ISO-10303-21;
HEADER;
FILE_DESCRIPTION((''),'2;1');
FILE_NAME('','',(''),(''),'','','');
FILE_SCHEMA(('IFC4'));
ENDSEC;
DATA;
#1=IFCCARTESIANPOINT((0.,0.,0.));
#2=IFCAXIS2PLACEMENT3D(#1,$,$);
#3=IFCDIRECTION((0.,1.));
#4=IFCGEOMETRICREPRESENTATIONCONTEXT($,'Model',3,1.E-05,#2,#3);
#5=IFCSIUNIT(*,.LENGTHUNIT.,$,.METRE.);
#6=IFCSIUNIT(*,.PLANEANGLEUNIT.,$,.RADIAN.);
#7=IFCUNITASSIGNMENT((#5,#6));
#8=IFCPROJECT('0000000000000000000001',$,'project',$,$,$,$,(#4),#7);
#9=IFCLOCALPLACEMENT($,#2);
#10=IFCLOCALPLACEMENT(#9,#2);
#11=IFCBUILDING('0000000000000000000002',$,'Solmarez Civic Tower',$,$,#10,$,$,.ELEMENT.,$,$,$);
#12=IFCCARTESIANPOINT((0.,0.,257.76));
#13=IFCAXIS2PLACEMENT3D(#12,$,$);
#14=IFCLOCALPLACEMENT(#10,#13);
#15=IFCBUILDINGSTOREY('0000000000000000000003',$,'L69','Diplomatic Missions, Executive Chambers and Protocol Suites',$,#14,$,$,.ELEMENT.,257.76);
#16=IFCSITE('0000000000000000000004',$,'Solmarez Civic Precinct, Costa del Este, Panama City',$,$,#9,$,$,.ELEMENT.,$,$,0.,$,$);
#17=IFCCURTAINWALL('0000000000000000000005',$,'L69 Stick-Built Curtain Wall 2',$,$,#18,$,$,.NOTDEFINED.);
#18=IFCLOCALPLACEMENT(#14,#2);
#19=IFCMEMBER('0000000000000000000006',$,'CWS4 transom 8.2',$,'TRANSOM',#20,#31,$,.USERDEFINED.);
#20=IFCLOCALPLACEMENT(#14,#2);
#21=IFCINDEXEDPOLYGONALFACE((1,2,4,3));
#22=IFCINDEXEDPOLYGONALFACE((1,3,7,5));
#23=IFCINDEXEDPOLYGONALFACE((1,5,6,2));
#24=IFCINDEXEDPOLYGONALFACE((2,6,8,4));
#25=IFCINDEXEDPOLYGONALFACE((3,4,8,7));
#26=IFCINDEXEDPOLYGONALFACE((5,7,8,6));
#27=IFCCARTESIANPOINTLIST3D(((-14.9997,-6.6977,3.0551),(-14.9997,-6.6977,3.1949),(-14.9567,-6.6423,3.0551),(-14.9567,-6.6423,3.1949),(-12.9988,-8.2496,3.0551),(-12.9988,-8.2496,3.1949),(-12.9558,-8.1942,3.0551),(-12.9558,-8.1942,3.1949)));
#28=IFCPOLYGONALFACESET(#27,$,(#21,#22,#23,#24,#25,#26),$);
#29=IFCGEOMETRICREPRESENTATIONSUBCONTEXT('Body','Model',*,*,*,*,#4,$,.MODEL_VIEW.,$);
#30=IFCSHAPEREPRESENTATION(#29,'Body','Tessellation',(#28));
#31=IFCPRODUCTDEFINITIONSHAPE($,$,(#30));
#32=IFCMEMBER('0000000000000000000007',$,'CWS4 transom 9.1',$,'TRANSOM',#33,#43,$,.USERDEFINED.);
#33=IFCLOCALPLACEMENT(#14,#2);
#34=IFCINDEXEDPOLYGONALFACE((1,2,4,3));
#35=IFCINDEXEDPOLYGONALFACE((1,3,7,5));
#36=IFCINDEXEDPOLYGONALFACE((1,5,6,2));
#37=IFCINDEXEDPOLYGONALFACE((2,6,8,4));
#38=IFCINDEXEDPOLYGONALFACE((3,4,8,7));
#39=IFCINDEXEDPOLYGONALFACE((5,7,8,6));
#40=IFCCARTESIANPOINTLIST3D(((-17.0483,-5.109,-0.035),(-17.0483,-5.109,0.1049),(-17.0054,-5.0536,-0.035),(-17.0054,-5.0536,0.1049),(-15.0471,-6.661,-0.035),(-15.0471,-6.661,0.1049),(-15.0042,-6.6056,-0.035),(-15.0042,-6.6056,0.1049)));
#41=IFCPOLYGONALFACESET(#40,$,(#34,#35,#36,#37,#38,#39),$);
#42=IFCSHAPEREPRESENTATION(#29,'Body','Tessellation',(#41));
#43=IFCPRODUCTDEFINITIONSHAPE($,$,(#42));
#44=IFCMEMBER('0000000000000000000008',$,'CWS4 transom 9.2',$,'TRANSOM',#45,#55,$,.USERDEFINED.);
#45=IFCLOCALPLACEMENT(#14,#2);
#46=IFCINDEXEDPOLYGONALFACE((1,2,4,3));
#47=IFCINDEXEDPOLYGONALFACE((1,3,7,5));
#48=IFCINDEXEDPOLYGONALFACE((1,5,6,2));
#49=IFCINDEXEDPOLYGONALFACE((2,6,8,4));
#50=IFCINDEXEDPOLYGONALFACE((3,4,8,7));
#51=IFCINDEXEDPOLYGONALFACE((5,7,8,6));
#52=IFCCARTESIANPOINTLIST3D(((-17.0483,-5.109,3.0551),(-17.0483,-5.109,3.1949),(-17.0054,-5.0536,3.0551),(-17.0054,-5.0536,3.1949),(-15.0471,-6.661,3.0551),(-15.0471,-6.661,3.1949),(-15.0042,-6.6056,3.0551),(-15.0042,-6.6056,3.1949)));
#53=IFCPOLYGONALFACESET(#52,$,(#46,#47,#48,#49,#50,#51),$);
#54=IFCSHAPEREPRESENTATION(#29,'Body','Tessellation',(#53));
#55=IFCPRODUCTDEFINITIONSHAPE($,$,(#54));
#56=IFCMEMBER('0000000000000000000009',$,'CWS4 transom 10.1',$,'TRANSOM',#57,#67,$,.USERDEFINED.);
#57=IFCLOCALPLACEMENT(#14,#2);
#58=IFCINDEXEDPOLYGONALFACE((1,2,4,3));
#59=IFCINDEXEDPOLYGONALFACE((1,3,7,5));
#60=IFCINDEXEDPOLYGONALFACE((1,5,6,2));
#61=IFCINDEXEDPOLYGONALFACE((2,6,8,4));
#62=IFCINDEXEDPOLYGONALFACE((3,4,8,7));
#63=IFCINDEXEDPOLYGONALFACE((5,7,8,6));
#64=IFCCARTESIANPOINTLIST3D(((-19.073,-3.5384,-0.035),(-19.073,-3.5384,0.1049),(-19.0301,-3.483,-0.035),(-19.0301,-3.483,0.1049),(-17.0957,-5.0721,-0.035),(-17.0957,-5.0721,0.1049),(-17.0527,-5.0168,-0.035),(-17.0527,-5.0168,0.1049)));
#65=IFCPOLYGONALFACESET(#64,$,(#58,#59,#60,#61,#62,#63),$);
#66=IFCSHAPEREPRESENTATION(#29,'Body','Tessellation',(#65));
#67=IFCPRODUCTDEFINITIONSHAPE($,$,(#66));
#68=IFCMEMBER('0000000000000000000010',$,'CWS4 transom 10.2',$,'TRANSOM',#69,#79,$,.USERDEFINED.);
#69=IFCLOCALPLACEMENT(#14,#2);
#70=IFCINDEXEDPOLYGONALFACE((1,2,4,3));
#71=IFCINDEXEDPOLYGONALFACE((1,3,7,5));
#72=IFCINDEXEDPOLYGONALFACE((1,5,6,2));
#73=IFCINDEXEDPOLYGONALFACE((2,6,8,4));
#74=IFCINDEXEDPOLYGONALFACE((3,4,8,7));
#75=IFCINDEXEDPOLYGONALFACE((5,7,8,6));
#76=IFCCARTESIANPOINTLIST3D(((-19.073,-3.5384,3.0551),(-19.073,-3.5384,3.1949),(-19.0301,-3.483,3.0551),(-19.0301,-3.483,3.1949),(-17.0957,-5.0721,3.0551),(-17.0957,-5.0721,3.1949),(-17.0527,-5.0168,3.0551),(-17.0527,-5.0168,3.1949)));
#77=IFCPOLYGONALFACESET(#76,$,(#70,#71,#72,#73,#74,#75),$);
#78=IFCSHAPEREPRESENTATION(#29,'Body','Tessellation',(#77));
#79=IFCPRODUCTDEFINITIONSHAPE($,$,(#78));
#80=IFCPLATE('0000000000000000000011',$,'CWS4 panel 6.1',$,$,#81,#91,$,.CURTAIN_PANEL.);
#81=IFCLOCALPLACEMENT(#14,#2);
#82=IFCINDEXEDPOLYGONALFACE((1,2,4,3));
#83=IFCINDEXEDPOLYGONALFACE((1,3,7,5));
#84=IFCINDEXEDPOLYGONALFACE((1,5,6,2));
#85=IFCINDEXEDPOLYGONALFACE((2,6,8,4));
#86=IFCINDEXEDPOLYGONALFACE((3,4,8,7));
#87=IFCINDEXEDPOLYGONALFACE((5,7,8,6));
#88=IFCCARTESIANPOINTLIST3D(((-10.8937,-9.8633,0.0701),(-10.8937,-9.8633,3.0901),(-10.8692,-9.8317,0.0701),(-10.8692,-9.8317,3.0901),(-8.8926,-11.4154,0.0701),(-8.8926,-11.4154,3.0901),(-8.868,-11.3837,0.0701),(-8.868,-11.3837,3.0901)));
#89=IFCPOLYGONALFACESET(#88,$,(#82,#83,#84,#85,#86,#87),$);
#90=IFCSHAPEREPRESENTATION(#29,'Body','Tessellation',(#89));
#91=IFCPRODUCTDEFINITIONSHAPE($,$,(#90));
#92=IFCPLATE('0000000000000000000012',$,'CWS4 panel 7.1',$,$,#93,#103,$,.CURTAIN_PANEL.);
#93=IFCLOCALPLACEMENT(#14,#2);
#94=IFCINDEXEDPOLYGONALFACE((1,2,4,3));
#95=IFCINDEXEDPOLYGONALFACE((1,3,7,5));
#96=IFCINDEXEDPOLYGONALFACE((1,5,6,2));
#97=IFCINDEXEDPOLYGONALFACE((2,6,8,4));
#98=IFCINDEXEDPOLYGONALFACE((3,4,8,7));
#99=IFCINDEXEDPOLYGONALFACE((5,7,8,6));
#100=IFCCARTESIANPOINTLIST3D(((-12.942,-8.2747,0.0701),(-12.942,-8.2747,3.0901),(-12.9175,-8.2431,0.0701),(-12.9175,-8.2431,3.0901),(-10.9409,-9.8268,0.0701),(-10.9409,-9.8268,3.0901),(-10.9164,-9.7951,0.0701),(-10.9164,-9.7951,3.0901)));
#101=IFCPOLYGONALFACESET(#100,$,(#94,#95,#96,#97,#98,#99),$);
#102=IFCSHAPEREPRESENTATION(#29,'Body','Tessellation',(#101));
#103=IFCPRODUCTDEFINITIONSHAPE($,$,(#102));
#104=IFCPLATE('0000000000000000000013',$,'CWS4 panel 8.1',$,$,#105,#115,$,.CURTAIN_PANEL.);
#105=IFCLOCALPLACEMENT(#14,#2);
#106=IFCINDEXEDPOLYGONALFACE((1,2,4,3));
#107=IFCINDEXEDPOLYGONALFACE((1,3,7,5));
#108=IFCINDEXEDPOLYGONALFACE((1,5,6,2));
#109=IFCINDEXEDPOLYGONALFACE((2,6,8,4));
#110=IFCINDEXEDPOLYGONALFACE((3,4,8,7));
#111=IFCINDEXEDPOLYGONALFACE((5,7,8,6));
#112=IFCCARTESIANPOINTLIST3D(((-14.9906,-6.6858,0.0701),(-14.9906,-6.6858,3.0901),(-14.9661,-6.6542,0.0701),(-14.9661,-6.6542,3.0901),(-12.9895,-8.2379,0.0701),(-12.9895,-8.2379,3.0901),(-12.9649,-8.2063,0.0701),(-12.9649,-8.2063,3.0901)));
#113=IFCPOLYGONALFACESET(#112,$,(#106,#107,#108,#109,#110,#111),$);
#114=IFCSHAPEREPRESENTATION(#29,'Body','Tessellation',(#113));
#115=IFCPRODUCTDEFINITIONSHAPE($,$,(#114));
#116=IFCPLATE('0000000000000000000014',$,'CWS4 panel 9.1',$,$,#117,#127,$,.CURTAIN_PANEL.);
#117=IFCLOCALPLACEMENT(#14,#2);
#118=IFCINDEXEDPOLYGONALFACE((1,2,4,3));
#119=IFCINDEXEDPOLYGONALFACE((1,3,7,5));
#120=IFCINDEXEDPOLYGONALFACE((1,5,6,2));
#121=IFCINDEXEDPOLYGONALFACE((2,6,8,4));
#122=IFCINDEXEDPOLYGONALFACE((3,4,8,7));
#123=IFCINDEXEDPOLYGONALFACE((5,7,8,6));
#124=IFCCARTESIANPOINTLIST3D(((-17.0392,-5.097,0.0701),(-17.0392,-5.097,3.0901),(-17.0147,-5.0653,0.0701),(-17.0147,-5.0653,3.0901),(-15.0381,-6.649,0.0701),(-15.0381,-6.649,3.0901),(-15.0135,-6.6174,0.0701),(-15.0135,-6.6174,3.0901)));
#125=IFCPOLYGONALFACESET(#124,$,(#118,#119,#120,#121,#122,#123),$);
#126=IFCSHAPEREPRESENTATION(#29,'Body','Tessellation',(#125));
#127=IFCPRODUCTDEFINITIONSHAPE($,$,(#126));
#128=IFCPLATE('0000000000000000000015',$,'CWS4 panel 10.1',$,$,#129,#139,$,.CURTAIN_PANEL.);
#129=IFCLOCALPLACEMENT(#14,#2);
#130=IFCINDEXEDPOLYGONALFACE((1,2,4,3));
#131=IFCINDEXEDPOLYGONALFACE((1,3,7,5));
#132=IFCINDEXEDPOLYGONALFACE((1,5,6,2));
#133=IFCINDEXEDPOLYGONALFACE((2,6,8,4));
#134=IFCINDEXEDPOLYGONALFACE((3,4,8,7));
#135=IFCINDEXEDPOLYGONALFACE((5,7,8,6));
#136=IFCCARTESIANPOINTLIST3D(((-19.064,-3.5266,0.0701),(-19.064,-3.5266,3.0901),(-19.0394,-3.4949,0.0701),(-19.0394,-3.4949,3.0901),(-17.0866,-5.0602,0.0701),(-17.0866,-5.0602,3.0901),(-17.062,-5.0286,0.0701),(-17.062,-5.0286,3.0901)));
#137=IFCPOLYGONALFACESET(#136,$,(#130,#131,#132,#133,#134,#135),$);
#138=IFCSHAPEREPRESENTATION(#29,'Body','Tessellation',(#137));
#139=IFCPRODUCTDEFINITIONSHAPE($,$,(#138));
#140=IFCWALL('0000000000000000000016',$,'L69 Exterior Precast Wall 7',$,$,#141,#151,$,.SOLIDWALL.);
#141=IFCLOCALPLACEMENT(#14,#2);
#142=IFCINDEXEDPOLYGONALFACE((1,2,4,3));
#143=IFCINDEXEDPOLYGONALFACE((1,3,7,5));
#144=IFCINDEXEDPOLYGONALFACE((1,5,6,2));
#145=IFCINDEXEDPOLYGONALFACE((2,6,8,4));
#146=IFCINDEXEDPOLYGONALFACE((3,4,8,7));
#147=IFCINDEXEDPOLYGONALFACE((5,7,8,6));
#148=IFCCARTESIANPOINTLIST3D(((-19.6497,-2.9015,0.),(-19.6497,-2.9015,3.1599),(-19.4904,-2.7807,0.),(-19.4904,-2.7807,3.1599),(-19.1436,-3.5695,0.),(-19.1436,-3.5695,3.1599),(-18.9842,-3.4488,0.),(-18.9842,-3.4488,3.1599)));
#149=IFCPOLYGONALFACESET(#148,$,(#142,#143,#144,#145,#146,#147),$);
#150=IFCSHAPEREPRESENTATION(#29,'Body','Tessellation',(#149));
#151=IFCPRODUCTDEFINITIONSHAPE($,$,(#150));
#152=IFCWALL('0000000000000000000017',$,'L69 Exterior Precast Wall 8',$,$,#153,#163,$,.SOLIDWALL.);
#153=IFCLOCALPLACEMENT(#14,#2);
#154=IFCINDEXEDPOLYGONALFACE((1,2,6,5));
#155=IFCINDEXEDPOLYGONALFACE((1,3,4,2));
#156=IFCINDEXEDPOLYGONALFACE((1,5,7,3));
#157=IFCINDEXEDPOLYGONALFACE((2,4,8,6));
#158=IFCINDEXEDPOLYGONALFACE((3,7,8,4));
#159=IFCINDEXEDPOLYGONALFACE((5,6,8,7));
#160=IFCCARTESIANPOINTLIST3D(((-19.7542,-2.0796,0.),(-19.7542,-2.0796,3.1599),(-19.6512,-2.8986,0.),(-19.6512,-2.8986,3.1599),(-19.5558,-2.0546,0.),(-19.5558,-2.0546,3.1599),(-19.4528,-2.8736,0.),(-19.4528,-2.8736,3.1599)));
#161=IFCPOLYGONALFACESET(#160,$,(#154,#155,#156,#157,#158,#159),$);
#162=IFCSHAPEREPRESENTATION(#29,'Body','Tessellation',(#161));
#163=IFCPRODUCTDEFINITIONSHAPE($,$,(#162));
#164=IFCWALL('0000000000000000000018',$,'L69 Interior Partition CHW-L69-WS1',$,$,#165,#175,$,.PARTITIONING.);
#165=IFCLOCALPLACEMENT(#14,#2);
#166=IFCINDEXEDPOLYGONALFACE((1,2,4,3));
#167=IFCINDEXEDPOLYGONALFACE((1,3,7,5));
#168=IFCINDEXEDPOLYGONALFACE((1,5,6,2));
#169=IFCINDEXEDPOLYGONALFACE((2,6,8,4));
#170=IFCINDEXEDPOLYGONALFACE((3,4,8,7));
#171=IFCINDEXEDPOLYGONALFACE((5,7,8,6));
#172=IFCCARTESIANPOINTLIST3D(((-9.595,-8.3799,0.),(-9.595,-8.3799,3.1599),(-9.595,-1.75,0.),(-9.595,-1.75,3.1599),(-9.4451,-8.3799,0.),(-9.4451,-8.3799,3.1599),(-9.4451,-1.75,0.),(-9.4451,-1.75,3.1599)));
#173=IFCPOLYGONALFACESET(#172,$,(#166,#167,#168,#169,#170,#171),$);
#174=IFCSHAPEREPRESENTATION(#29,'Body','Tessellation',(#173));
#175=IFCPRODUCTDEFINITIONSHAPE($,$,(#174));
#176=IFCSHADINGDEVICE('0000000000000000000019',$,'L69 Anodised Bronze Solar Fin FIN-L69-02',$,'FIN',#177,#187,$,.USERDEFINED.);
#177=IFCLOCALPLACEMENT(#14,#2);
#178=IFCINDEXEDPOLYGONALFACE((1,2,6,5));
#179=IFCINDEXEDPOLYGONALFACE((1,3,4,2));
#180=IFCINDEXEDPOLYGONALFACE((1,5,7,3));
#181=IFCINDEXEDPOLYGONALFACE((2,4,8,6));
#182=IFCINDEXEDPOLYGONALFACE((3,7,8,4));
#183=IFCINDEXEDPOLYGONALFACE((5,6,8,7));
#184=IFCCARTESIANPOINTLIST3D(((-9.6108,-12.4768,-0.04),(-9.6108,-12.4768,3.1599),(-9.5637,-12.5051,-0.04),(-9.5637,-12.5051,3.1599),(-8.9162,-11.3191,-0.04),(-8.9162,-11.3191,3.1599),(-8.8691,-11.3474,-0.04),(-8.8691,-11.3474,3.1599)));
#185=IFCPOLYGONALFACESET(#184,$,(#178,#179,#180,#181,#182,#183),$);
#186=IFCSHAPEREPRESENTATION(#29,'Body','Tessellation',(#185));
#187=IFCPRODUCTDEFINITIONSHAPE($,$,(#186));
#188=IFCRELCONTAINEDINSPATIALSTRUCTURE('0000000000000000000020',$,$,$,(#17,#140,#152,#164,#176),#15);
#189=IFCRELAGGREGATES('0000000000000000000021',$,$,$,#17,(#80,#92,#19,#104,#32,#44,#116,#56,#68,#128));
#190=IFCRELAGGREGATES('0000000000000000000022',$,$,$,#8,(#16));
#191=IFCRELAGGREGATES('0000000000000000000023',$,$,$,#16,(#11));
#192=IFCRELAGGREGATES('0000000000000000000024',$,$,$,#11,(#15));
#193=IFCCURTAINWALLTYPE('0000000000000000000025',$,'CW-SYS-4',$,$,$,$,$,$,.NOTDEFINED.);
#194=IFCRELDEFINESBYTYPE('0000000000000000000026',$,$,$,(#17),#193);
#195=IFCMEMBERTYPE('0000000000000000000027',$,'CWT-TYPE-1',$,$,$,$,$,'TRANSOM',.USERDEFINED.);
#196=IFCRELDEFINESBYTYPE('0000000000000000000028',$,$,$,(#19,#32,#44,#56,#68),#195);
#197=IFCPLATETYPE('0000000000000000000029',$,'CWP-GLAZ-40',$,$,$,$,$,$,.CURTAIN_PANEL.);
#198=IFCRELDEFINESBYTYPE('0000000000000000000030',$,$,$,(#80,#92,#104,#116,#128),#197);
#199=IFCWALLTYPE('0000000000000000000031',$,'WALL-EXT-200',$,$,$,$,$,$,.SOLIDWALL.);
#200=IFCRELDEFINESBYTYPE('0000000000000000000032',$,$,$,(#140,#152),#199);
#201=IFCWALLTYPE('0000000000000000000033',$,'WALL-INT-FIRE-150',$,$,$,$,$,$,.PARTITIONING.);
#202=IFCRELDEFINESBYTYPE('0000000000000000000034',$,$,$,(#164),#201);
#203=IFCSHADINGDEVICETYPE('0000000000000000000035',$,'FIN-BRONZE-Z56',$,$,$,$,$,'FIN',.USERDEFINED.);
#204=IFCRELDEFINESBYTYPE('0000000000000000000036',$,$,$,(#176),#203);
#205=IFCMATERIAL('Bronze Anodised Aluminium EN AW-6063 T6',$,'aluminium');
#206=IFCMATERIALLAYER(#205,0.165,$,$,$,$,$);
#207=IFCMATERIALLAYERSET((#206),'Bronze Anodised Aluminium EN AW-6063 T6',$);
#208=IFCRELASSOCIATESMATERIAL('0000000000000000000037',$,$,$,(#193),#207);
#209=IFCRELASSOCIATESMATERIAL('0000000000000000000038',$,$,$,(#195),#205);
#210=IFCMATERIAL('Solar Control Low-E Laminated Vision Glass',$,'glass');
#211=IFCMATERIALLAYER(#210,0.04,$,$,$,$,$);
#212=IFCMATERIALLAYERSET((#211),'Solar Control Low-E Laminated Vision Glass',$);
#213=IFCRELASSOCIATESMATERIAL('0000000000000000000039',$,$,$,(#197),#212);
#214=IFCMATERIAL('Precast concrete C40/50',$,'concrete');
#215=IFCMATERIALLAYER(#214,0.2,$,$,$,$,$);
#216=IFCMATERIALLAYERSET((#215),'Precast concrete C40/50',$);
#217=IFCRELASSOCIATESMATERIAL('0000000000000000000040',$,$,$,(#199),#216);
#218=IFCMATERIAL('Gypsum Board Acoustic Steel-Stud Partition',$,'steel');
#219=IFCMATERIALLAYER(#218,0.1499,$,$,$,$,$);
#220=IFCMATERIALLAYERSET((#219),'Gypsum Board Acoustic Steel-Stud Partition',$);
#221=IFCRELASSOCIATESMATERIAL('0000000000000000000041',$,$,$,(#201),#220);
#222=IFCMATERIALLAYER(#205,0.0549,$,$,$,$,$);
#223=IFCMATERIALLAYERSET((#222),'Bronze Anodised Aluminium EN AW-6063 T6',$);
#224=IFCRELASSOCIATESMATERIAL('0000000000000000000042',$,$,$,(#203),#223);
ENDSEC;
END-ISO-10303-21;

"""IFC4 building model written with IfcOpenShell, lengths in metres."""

from ifc_helpers import new_model, si_unit, direction, frame, frame_2d, origin, origin_2d, place, context, subcontext, project, spatial, rectangle, extrude, material, layer, layer_set, material_profile, profile_set, type_object, element, aggregate, save


model = new_model("IFC4")

# Units and contexts
model_context = context("Model", 3, precision=1e-05, world=origin(), true_north=direction((0.0, 1.0)))
body_context = subcontext(model_context, "Body", "Model", "MODEL_VIEW")
ifc_project = project(units=[si_unit("LENGTHUNIT", "METRE"), si_unit("PLANEANGLEUNIT", "RADIAN")], contexts=[model_context])

# Site, building, storey
site_placement = place(None, origin())
site = spatial("IfcSite", under=ifc_project, at=site_placement, Name="Solmarez Civic Precinct, Costa del Este, Panama City", CompositionType="ELEMENT", RefElevation=0.0)
building_placement = place(site_placement, origin())
building = spatial("IfcBuilding", under=site, at=building_placement, Name="Solmarez Civic Tower", CompositionType="ELEMENT")
storey_placement = place(building_placement, frame((0.0, 0.0, 257.76)))
storey = spatial("IfcBuildingStorey", under=building, at=storey_placement, Name="L69", Description="Diplomatic Missions, Executive Chambers and Protocol Suites", CompositionType="ELEMENT", Elevation=257.76)

# Curtain wall, members, plates
ifc_material_1 = material(Name="Bronze Anodised Aluminium EN AW-6063 T6", Category="aluminium")
ifc_layer_1 = layer(ifc_material_1, 0.165)
ifc_layer_set_1 = layer_set([ifc_layer_1], Name="Bronze Anodised Aluminium EN AW-6063 T6")
curtain_wall_type = type_object("IfcCurtainWallType", Name="CW-SYS-4", PredefinedType="NOTDEFINED", material=ifc_layer_set_1)
curtain_wall_placement = place(storey_placement, origin())
curtain_wall = element("IfcCurtainWall", 1, at=curtain_wall_placement, inside=storey, type_object=curtain_wall_type, Name="L69 Stick-Built Curtain Wall 2", PredefinedType="NOTDEFINED")
ifc_material_profile_1 = material_profile(ifc_material_1, rectangle(XDim=0.0701, YDim=0.1399, at=origin_2d()), Name="CWT-70X140")
ifc_profile_set_1 = profile_set([ifc_material_profile_1], Name="Bronze Anodised Aluminium EN AW-6063 T6")
member_type_1 = type_object("IfcMemberType", Name="CWT-TYPE-1", ElementType="TRANSOM", PredefinedType="USERDEFINED", material=ifc_profile_set_1)
member_1_placement = place(storey_placement, frame((-12.9773, -8.2219, 3.125), z_axis=(-0.790177, 0.612879, 0.0), x_axis=(-0.612879, -0.790177, 0.0)))
member_1 = element("IfcMember", 2, at=member_1_placement, type_object=member_type_1, Name="CWS4 transom 8.2", ObjectType="TRANSOM", PredefinedType="USERDEFINED", context=body_context, shape_type="SweptSolid", body=[
    extrude(rectangle(XDim=0.0701, YDim=0.1399, at=origin_2d()), origin(), (0.0, 0.0, 1.0), 2.5322),
])
member_2_placement = place(storey_placement, frame((-15.0256, -6.6333, 0.0349), z_axis=(-0.790213, 0.612832, 0.0), x_axis=(-0.612832, -0.790213, 0.0)))
member_2 = element("IfcMember", 3, at=member_2_placement, type_object=member_type_1, Name="CWS4 transom 9.1", ObjectType="TRANSOM", PredefinedType="USERDEFINED", context=body_context, shape_type="SweptSolid", body=[
    extrude(rectangle(XDim=0.0701, YDim=0.1399, at=origin_2d()), origin(), (0.0, 0.0, 1.0), 2.5325),
])
member_3_placement = place(storey_placement, frame((-15.0256, -6.6333, 3.125), z_axis=(-0.790213, 0.612832, 0.0), x_axis=(-0.612832, -0.790213, 0.0)))
member_3 = element("IfcMember", 4, at=member_3_placement, type_object=member_type_1, Name="CWS4 transom 9.2", ObjectType="TRANSOM", PredefinedType="USERDEFINED", context=body_context, shape_type="SweptSolid", body=[
    extrude(rectangle(XDim=0.0701, YDim=0.1399, at=origin_2d()), origin(), (0.0, 0.0, 1.0), 2.5325),
])
member_4_placement = place(storey_placement, frame((-17.0742, -5.0444, 0.0349), z_axis=(-0.790166, 0.612893, 0.0), x_axis=(-0.612893, -0.790166, 0.0)))
member_4 = element("IfcMember", 5, at=member_4_placement, type_object=member_type_1, Name="CWS4 transom 10.1", ObjectType="TRANSOM", PredefinedType="USERDEFINED", context=body_context, shape_type="SweptSolid", body=[
    extrude(rectangle(XDim=0.0701, YDim=0.1399, at=origin_2d()), origin(), (0.0, 0.0, 1.0), 2.5024),
])
member_5_placement = place(storey_placement, frame((-17.0742, -5.0444, 3.125), z_axis=(-0.790166, 0.612893, 0.0), x_axis=(-0.612893, -0.790166, 0.0)))
member_5 = element("IfcMember", 6, at=member_5_placement, type_object=member_type_1, Name="CWS4 transom 10.2", ObjectType="TRANSOM", PredefinedType="USERDEFINED", context=body_context, shape_type="SweptSolid", body=[
    extrude(rectangle(XDim=0.0701, YDim=0.1399, at=origin_2d()), origin(), (0.0, 0.0, 1.0), 2.5024),
])
ifc_material_2 = material(Name="Solar Control Low-E Laminated Vision Glass", Category="glass")
ifc_layer_2 = layer(ifc_material_2, 0.04)
ifc_layer_set_2 = layer_set([ifc_layer_2], Name="Solar Control Low-E Laminated Vision Glass")
plate_type = type_object("IfcPlateType", Name="CWP-GLAZ-40", PredefinedType="CURTAIN_PANEL", material=ifc_layer_set_2)
plate_1_placement = place(storey_placement, frame((-9.8809, -10.6235, 0.0701), z_axis=(0.0, 0.0, 1.0), x_axis=(-0.790189, 0.612864, 0.0)))
plate_1 = element("IfcPlate", 7, at=plate_1_placement, type_object=plate_type, Name="CWS4 panel 6.1", PredefinedType="CURTAIN_PANEL", context=body_context, shape_type="SweptSolid", body=[
    extrude(rectangle(XDim=2.5325, YDim=0.04, at=origin_2d()), origin(), (0.0, 0.0, 1.0), 3.02),
])
plate_2_placement = place(storey_placement, frame((-11.9292, -9.0349, 0.0701), z_axis=(0.0, 0.0, 1.0), x_axis=(-0.790189, 0.612864, 0.0)))
plate_2 = element("IfcPlate", 8, at=plate_2_placement, type_object=plate_type, Name="CWS4 panel 7.1", PredefinedType="CURTAIN_PANEL", context=body_context, shape_type="SweptSolid", body=[
    extrude(rectangle(XDim=2.5325, YDim=0.04, at=origin_2d()), origin(), (0.0, 0.0, 1.0), 3.02),
])
plate_3_placement = place(storey_placement, frame((-13.9778, -7.446, 0.0701), z_axis=(0.0, 0.0, 1.0), x_axis=(-0.790189, 0.612864, 0.0)))
plate_3 = element("IfcPlate", 9, at=plate_3_placement, type_object=plate_type, Name="CWS4 panel 8.1", PredefinedType="CURTAIN_PANEL", context=body_context, shape_type="SweptSolid", body=[
    extrude(rectangle(XDim=2.5325, YDim=0.04, at=origin_2d()), origin(), (0.0, 0.0, 1.0), 3.02),
])
plate_4_placement = place(storey_placement, frame((-16.0264, -5.8572, 0.0701), z_axis=(0.0, 0.0, 1.0), x_axis=(-0.790189, 0.612864, 0.0)))
plate_4 = element("IfcPlate", 10, at=plate_4_placement, type_object=plate_type, Name="CWS4 panel 9.1", PredefinedType="CURTAIN_PANEL", context=body_context, shape_type="SweptSolid", body=[
    extrude(rectangle(XDim=2.5325, YDim=0.04, at=origin_2d()), origin(), (0.0, 0.0, 1.0), 3.02),
])
plate_5_placement = place(storey_placement, frame((-18.063, -4.2776, 0.0701), z_axis=(0.0, 0.0, 1.0), x_axis=(-0.790189, 0.612864, 0.0)))
plate_5 = element("IfcPlate", 11, at=plate_5_placement, type_object=plate_type, Name="CWS4 panel 10.1", PredefinedType="CURTAIN_PANEL", context=body_context, shape_type="SweptSolid", body=[
    extrude(rectangle(XDim=2.5024, YDim=0.04, at=origin_2d()), origin(), (0.0, 0.0, 1.0), 3.02),
])
aggregate(curtain_wall, [plate_1, plate_2, member_1, plate_3, member_2, member_3, plate_4, member_4, member_5, plate_5])

# Walls
ifc_material_3 = material(Name="Precast concrete C40/50", Category="concrete")
ifc_layer_3 = layer(ifc_material_3, 0.2)
ifc_layer_set_3 = layer_set([ifc_layer_3], Name="Precast concrete C40/50")
wall_type_1 = type_object("IfcWallType", Name="WALL-EXT-200", PredefinedType="SOLIDWALL", material=ifc_layer_set_3)
wall_1_placement = place(storey_placement, frame((-19.064, -3.509, 0.0), z_axis=(0.0, 0.0, 1.0), x_axis=(-0.603908, 0.797054, 0.0)))
element("IfcWall", 12, at=wall_1_placement, inside=storey, type_object=wall_type_1, Name="L69 Exterior Precast Wall 7", PredefinedType="SOLIDWALL", context=body_context, shape_type="SweptSolid", body=[
    extrude(rectangle(XDim=0.8381, YDim=0.2, at=frame_2d((0.4189, 0.0))), origin(), (0.0, 0.0, 1.0), 3.1599),
])
wall_2_placement = place(storey_placement, frame((-19.552, -2.886, 0.0), z_axis=(0.0, 0.0, 1.0), x_axis=(-0.124799, 0.992182, 0.0)))
element("IfcWall", 13, at=wall_2_placement, inside=storey, type_object=wall_type_1, Name="L69 Exterior Precast Wall 8", PredefinedType="SOLIDWALL", context=body_context, shape_type="SweptSolid", body=[
    extrude(rectangle(XDim=0.8254, YDim=0.2, at=frame_2d((0.4126, 0.0))), origin(), (0.0, 0.0, 1.0), 3.1599),
])
ifc_material_4 = material(Name="Gypsum Board Acoustic Steel-Stud Partition", Category="steel")
ifc_layer_4 = layer(ifc_material_4, 0.1499)
ifc_layer_set_4 = layer_set([ifc_layer_4], Name="Gypsum Board Acoustic Steel-Stud Partition")
wall_type_2 = type_object("IfcWallType", Name="WALL-INT-FIRE-150", PredefinedType="PARTITIONING", material=ifc_layer_set_4)
wall_3_placement = place(storey_placement, frame((-9.52, -8.3799, 0.0), z_axis=(0.0, 0.0, 1.0), x_axis=(0.0, 1.0, 0.0)))
element("IfcWall", 14, at=wall_3_placement, inside=storey, type_object=wall_type_2, Name="L69 Interior Partition CHW-L69-WS1", PredefinedType="PARTITIONING", context=body_context, shape_type="SweptSolid", body=[
    extrude(rectangle(XDim=6.6299, YDim=0.1499, at=frame_2d((3.3149, 0.0))), origin(), (0.0, 0.0, 1.0), 3.1599),
])

# Shading device
ifc_layer_5 = layer(ifc_material_1, 0.0549)
ifc_layer_set_5 = layer_set([ifc_layer_5], Name="Bronze Anodised Aluminium EN AW-6063 T6")
shading_device_type = type_object("IfcShadingDeviceType", Name="FIN-BRONZE-Z56", ElementType="FIN", PredefinedType="USERDEFINED", material=ifc_layer_set_5)
shading_device_placement = place(storey_placement, frame((-9.24, -11.9121, -0.04), z_axis=(0.0, 0.0, 1.0), x_axis=(-0.514484, -0.8575, 0.0)))
element("IfcShadingDevice", 15, at=shading_device_placement, inside=storey, type_object=shading_device_type, Name="L69 Anodised Bronze Solar Fin FIN-L69-02", ObjectType="FIN", PredefinedType="USERDEFINED", context=body_context, shape_type="SweptSolid", body=[
    extrude(rectangle(XDim=1.3501, YDim=0.0549, at=origin_2d()), origin(), (0.0, 0.0, 1.0), 3.2),
])

save(model, "model.ifc")
